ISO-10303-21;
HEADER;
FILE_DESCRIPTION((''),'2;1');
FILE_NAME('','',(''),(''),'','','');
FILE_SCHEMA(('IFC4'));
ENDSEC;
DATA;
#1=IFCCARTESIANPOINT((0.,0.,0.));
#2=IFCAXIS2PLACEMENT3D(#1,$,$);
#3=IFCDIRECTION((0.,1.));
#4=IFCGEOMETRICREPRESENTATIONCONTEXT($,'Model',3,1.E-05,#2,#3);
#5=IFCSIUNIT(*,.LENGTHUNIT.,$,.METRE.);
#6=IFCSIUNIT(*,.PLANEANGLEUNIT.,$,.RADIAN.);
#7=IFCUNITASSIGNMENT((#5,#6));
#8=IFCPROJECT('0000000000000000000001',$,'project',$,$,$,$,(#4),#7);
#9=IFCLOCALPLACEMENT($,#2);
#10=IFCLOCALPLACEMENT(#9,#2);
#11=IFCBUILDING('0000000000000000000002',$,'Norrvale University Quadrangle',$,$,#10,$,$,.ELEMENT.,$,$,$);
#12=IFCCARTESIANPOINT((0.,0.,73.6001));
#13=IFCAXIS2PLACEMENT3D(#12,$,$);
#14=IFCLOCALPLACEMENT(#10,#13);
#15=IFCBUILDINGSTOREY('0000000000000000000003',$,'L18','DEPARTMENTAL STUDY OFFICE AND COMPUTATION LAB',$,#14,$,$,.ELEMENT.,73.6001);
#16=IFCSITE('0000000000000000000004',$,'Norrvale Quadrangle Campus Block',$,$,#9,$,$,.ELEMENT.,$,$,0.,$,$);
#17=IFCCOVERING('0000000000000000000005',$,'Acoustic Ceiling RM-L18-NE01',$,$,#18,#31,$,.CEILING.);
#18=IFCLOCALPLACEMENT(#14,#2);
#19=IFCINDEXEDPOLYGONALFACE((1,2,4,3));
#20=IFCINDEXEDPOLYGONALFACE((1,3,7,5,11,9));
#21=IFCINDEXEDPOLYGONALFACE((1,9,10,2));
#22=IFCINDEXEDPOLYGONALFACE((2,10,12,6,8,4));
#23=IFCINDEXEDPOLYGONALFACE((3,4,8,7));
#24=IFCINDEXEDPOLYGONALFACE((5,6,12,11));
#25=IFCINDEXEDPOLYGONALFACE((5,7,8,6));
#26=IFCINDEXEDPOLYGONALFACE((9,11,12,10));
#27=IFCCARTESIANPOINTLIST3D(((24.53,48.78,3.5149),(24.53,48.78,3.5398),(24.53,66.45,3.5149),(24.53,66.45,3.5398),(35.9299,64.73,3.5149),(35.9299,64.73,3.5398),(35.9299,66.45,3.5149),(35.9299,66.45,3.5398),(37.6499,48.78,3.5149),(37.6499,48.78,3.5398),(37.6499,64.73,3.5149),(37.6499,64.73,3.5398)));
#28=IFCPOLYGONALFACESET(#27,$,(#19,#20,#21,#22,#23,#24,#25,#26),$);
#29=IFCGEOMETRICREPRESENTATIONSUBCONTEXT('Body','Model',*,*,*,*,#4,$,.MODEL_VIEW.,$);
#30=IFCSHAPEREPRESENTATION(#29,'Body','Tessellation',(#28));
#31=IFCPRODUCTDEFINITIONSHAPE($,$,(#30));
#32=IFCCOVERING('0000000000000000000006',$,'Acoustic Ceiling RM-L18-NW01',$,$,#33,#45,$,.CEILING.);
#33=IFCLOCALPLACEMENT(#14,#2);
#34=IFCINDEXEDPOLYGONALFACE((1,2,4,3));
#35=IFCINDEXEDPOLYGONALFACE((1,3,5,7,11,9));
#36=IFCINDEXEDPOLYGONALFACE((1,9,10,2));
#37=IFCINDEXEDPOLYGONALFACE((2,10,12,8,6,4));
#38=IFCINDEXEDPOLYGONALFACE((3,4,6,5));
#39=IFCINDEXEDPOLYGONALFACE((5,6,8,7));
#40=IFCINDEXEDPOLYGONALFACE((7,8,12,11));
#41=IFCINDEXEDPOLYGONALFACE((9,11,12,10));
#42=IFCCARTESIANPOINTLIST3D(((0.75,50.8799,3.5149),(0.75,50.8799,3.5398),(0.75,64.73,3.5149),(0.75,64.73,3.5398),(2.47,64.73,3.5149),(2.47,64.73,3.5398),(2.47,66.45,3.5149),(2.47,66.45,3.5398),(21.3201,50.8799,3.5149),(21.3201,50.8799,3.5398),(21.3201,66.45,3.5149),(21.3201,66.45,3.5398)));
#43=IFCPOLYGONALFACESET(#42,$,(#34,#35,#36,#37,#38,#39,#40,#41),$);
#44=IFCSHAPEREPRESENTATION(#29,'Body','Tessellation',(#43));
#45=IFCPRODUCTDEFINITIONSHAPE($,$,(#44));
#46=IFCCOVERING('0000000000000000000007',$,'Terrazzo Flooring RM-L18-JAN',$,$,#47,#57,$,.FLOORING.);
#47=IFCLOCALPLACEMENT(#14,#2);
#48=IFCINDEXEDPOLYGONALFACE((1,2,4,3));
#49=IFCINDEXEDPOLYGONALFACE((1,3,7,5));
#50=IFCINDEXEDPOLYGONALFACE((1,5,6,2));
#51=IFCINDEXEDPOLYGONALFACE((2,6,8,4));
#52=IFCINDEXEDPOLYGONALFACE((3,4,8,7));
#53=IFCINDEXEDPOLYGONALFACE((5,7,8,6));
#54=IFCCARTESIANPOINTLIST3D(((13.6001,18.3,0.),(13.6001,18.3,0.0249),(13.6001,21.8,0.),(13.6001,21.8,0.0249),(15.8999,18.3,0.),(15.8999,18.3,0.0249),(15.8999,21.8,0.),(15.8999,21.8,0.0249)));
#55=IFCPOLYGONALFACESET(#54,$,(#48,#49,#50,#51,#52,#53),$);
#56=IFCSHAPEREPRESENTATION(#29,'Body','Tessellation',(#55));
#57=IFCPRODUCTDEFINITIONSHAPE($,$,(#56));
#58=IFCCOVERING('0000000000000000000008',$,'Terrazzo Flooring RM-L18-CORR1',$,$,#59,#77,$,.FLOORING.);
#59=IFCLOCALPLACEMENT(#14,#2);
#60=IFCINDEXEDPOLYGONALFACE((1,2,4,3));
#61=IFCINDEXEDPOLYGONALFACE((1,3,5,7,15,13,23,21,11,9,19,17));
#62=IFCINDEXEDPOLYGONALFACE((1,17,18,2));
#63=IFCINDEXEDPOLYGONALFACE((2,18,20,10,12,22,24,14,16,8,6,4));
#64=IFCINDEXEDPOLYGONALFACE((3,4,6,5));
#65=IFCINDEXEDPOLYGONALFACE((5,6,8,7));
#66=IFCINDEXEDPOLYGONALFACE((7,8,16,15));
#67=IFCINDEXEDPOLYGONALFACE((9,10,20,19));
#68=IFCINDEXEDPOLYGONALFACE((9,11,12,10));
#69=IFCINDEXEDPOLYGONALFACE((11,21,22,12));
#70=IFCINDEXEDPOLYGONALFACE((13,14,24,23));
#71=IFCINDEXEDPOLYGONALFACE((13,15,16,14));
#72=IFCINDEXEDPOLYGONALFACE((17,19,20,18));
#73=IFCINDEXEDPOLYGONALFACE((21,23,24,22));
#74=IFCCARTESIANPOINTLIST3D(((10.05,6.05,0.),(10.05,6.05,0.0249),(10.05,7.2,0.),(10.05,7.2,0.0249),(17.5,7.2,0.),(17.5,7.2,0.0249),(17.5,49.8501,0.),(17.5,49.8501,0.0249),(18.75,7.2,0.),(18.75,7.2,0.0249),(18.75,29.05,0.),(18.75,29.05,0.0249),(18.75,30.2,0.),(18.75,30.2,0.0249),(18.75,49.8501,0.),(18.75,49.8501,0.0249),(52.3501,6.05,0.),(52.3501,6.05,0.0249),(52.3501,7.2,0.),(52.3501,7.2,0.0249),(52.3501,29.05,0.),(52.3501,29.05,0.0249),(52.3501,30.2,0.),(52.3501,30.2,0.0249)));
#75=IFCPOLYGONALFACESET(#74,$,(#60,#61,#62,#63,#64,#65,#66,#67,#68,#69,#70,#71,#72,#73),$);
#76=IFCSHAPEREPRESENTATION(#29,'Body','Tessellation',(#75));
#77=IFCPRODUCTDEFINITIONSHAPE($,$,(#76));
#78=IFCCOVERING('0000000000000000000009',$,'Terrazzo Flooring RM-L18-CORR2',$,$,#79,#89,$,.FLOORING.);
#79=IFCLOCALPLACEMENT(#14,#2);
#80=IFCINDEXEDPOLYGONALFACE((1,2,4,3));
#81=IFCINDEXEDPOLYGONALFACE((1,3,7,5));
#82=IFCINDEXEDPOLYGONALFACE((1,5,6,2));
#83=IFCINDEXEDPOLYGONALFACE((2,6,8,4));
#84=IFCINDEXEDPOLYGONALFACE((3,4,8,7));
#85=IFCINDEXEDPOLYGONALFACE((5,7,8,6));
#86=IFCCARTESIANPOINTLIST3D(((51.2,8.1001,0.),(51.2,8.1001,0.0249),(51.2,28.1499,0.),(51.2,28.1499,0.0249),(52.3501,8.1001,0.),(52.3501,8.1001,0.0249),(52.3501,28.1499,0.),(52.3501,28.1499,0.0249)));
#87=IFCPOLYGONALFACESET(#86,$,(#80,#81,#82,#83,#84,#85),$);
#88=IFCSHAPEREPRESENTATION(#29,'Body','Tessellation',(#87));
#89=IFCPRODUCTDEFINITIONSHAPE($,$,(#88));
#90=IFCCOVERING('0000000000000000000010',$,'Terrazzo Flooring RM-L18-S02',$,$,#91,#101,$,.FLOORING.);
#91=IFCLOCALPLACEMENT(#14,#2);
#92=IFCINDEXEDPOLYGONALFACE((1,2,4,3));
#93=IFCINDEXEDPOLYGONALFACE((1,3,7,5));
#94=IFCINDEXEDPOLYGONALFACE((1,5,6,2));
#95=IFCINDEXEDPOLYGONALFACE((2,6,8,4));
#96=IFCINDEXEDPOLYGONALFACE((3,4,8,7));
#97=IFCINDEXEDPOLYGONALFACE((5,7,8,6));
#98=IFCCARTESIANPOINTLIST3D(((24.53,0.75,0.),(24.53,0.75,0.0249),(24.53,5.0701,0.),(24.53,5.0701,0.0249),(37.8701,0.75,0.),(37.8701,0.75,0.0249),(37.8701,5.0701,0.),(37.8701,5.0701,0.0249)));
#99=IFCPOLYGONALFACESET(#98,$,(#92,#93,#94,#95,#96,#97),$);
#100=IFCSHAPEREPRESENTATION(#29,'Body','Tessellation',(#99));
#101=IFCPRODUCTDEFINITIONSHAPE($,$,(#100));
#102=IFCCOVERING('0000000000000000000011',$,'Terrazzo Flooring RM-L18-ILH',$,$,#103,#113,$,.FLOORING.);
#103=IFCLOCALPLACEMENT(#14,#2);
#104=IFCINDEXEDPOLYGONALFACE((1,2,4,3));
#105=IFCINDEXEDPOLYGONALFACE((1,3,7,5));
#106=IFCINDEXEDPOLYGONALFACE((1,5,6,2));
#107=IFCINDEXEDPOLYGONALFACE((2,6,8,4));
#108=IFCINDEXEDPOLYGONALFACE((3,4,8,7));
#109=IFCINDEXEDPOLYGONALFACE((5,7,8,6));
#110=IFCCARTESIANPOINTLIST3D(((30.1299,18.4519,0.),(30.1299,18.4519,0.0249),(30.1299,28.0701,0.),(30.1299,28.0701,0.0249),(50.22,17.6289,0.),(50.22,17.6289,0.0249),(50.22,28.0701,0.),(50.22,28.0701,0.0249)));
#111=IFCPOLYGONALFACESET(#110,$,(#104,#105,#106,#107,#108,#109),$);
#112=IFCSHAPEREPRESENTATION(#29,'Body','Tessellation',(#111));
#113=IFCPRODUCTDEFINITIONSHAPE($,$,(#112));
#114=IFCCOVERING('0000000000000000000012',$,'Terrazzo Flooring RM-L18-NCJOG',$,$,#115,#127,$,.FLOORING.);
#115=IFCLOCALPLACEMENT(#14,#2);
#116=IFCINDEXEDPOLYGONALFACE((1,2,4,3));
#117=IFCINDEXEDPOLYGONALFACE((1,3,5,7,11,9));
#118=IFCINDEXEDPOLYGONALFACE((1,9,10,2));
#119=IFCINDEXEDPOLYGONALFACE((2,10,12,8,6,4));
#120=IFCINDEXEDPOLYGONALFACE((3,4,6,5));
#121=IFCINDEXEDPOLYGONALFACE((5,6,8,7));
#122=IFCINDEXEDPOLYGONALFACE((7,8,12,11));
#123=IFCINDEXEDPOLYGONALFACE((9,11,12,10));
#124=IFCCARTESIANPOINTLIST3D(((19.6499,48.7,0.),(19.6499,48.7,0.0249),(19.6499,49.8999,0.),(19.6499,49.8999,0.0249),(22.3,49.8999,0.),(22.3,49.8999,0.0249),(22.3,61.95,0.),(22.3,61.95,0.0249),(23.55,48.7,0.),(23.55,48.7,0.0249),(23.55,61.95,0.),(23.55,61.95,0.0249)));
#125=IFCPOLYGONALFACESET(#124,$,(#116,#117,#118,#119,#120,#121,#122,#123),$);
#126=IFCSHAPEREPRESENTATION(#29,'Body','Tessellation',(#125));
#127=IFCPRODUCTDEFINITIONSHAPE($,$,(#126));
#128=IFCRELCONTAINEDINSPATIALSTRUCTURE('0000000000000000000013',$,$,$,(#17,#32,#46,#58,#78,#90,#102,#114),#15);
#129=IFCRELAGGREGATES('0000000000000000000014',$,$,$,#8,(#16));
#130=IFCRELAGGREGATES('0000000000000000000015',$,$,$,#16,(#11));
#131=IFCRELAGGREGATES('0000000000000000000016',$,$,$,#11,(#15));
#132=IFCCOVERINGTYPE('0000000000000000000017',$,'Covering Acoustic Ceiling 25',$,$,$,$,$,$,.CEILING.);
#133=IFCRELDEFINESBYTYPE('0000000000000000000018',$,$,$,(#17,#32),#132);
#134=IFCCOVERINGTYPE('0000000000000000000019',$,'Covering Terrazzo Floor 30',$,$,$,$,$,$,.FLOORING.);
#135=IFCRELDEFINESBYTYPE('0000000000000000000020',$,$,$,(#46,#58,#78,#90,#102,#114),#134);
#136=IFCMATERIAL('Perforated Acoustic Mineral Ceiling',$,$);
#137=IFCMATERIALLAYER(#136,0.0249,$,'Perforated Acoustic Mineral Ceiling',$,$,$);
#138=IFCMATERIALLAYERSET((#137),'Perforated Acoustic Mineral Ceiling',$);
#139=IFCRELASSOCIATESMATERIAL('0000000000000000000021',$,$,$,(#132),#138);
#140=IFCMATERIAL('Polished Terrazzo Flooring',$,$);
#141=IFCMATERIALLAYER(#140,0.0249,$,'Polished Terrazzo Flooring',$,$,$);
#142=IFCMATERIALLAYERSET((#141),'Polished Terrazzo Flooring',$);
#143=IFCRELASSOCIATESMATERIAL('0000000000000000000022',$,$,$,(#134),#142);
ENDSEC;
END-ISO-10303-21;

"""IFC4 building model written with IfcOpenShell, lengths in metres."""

from ifc_helpers import new_model, si_unit, direction, frame, origin, place, context, subcontext, project, spatial, polyline, outline, extrude, material, layer, layer_set, type_object, element, save


model = new_model("IFC4")

# Units and contexts
model_context = context("Model", 3, precision=1e-05, world=origin(), true_north=direction((0.0, 1.0)))
body_context = subcontext(model_context, "Body", "Model", "MODEL_VIEW")
ifc_project = project(units=[si_unit("LENGTHUNIT", "METRE"), si_unit("PLANEANGLEUNIT", "RADIAN")], contexts=[model_context])

# Site, building, storey
site_placement = place(None, origin())
site = spatial("IfcSite", under=ifc_project, at=site_placement, Name="Norrvale Quadrangle Campus Block", CompositionType="ELEMENT", RefElevation=0.0)
building_placement = place(site_placement, origin())
building = spatial("IfcBuilding", under=site, at=building_placement, Name="Norrvale University Quadrangle", CompositionType="ELEMENT")
storey_placement = place(building_placement, frame((0.0, 0.0, 73.6001)))
storey = spatial("IfcBuildingStorey", under=building, at=storey_placement, Name="L18", Description="DEPARTMENTAL STUDY OFFICE AND COMPUTATION LAB", CompositionType="ELEMENT", Elevation=73.6001)

# Coverings
ifc_material_1 = material(Name="Perforated Acoustic Mineral Ceiling")
ifc_layer_1 = layer(ifc_material_1, 0.0249, Name="Perforated Acoustic Mineral Ceiling")
ifc_layer_set_1 = layer_set([ifc_layer_1], Name="Perforated Acoustic Mineral Ceiling")
covering_type_1 = type_object("IfcCoveringType", Name="Covering Acoustic Ceiling 25", PredefinedType="CEILING", material=ifc_layer_set_1)
covering_1_placement = place(storey_placement, frame((0.0, 0.0, 3.5149)))
element("IfcCovering", 1, at=covering_1_placement, inside=storey, type_object=covering_type_1, Name="Acoustic Ceiling RM-L18-NE01", PredefinedType="CEILING", context=body_context, shape_type="SweptSolid", body=[
    extrude(outline(polyline([(37.6499, 48.78), (24.53, 48.78), (24.53, 66.45), (35.9299, 66.45), (35.9299, 64.73), (37.6499, 64.73), (37.6499, 48.78)])), origin(), (0.0, 0.0, 1.0), 0.0249),
])
covering_2_placement = place(storey_placement, frame((0.0, 0.0, 3.5149)))
element("IfcCovering", 2, at=covering_2_placement, inside=storey, type_object=covering_type_1, Name="Acoustic Ceiling RM-L18-NW01", PredefinedType="CEILING", context=body_context, shape_type="SweptSolid", body=[
    extrude(outline(polyline([(21.3201, 66.45), (21.3201, 50.8799), (0.75, 50.8799), (0.75, 64.73), (2.47, 64.73), (2.47, 66.45), (21.3201, 66.45)])), origin(), (0.0, 0.0, 1.0), 0.0249),
])
ifc_material_2 = material(Name="Polished Terrazzo Flooring")
ifc_layer_2 = layer(ifc_material_2, 0.0249, Name="Polished Terrazzo Flooring")
ifc_layer_set_2 = layer_set([ifc_layer_2], Name="Polished Terrazzo Flooring")
covering_type_2 = type_object("IfcCoveringType", Name="Covering Terrazzo Floor 30", PredefinedType="FLOORING", material=ifc_layer_set_2)
covering_3_placement = place(storey_placement, origin())
element("IfcCovering", 3, at=covering_3_placement, inside=storey, type_object=covering_type_2, Name="Terrazzo Flooring RM-L18-JAN", PredefinedType="FLOORING", context=body_context, shape_type="SweptSolid", body=[
    extrude(outline(polyline([(13.6001, 18.3), (13.6001, 21.8), (15.8999, 21.8), (15.8999, 18.3), (13.6001, 18.3)])), origin(), (0.0, 0.0, 1.0), 0.0249),
])
covering_4_placement = place(storey_placement, origin())
element("IfcCovering", 4, at=covering_4_placement, inside=storey, type_object=covering_type_2, Name="Terrazzo Flooring RM-L18-CORR1", PredefinedType="FLOORING", context=body_context, shape_type="SweptSolid", body=[
    extrude(outline(polyline([(10.05, 6.05), (10.05, 7.2), (17.5, 7.2), (17.5, 49.8501), (18.75, 49.8501), (18.75, 30.2), (52.3501, 30.2), (52.3501, 29.05), (18.75, 29.05), (18.75, 7.2), (52.3501, 7.2), (52.3501, 6.05), (10.05, 6.05)])), origin(), (0.0, 0.0, 1.0), 0.0249),
])
covering_5_placement = place(storey_placement, origin())
element("IfcCovering", 5, at=covering_5_placement, inside=storey, type_object=covering_type_2, Name="Terrazzo Flooring RM-L18-CORR2", PredefinedType="FLOORING", context=body_context, shape_type="SweptSolid", body=[
    extrude(outline(polyline([(51.2, 8.1001), (51.2, 28.1499), (52.3501, 28.1499), (52.3501, 8.1001), (51.2, 8.1001)])), origin(), (0.0, 0.0, 1.0), 0.0249),
])
covering_6_placement = place(storey_placement, origin())
element("IfcCovering", 6, at=covering_6_placement, inside=storey, type_object=covering_type_2, Name="Terrazzo Flooring RM-L18-S02", PredefinedType="FLOORING", context=body_context, shape_type="SweptSolid", body=[
    extrude(outline(polyline([(24.53, 5.0701), (37.8701, 5.0701), (37.8701, 0.75), (24.53, 0.75), (24.53, 5.0701)])), origin(), (0.0, 0.0, 1.0), 0.0249),
])
covering_7_placement = place(storey_placement, origin())
element("IfcCovering", 7, at=covering_7_placement, inside=storey, type_object=covering_type_2, Name="Terrazzo Flooring RM-L18-ILH", PredefinedType="FLOORING", context=body_context, shape_type="SweptSolid", body=[
    extrude(outline(polyline([(30.1299, 18.4519), (30.1299, 28.0701), (50.22, 28.0701), (50.22, 17.6289), (30.1299, 18.4519)])), origin(), (0.0, 0.0, 1.0), 0.0249),
])
covering_8_placement = place(storey_placement, origin())
element("IfcCovering", 8, at=covering_8_placement, inside=storey, type_object=covering_type_2, Name="Terrazzo Flooring RM-L18-NCJOG", PredefinedType="FLOORING", context=body_context, shape_type="SweptSolid", body=[
    extrude(outline(polyline([(19.6499, 48.7), (19.6499, 49.8999), (22.3, 49.8999), (22.3, 61.95), (23.55, 61.95), (23.55, 48.7), (19.6499, 48.7)])), origin(), (0.0, 0.0, 1.0), 0.0249),
])

save(model, "model.ifc")
